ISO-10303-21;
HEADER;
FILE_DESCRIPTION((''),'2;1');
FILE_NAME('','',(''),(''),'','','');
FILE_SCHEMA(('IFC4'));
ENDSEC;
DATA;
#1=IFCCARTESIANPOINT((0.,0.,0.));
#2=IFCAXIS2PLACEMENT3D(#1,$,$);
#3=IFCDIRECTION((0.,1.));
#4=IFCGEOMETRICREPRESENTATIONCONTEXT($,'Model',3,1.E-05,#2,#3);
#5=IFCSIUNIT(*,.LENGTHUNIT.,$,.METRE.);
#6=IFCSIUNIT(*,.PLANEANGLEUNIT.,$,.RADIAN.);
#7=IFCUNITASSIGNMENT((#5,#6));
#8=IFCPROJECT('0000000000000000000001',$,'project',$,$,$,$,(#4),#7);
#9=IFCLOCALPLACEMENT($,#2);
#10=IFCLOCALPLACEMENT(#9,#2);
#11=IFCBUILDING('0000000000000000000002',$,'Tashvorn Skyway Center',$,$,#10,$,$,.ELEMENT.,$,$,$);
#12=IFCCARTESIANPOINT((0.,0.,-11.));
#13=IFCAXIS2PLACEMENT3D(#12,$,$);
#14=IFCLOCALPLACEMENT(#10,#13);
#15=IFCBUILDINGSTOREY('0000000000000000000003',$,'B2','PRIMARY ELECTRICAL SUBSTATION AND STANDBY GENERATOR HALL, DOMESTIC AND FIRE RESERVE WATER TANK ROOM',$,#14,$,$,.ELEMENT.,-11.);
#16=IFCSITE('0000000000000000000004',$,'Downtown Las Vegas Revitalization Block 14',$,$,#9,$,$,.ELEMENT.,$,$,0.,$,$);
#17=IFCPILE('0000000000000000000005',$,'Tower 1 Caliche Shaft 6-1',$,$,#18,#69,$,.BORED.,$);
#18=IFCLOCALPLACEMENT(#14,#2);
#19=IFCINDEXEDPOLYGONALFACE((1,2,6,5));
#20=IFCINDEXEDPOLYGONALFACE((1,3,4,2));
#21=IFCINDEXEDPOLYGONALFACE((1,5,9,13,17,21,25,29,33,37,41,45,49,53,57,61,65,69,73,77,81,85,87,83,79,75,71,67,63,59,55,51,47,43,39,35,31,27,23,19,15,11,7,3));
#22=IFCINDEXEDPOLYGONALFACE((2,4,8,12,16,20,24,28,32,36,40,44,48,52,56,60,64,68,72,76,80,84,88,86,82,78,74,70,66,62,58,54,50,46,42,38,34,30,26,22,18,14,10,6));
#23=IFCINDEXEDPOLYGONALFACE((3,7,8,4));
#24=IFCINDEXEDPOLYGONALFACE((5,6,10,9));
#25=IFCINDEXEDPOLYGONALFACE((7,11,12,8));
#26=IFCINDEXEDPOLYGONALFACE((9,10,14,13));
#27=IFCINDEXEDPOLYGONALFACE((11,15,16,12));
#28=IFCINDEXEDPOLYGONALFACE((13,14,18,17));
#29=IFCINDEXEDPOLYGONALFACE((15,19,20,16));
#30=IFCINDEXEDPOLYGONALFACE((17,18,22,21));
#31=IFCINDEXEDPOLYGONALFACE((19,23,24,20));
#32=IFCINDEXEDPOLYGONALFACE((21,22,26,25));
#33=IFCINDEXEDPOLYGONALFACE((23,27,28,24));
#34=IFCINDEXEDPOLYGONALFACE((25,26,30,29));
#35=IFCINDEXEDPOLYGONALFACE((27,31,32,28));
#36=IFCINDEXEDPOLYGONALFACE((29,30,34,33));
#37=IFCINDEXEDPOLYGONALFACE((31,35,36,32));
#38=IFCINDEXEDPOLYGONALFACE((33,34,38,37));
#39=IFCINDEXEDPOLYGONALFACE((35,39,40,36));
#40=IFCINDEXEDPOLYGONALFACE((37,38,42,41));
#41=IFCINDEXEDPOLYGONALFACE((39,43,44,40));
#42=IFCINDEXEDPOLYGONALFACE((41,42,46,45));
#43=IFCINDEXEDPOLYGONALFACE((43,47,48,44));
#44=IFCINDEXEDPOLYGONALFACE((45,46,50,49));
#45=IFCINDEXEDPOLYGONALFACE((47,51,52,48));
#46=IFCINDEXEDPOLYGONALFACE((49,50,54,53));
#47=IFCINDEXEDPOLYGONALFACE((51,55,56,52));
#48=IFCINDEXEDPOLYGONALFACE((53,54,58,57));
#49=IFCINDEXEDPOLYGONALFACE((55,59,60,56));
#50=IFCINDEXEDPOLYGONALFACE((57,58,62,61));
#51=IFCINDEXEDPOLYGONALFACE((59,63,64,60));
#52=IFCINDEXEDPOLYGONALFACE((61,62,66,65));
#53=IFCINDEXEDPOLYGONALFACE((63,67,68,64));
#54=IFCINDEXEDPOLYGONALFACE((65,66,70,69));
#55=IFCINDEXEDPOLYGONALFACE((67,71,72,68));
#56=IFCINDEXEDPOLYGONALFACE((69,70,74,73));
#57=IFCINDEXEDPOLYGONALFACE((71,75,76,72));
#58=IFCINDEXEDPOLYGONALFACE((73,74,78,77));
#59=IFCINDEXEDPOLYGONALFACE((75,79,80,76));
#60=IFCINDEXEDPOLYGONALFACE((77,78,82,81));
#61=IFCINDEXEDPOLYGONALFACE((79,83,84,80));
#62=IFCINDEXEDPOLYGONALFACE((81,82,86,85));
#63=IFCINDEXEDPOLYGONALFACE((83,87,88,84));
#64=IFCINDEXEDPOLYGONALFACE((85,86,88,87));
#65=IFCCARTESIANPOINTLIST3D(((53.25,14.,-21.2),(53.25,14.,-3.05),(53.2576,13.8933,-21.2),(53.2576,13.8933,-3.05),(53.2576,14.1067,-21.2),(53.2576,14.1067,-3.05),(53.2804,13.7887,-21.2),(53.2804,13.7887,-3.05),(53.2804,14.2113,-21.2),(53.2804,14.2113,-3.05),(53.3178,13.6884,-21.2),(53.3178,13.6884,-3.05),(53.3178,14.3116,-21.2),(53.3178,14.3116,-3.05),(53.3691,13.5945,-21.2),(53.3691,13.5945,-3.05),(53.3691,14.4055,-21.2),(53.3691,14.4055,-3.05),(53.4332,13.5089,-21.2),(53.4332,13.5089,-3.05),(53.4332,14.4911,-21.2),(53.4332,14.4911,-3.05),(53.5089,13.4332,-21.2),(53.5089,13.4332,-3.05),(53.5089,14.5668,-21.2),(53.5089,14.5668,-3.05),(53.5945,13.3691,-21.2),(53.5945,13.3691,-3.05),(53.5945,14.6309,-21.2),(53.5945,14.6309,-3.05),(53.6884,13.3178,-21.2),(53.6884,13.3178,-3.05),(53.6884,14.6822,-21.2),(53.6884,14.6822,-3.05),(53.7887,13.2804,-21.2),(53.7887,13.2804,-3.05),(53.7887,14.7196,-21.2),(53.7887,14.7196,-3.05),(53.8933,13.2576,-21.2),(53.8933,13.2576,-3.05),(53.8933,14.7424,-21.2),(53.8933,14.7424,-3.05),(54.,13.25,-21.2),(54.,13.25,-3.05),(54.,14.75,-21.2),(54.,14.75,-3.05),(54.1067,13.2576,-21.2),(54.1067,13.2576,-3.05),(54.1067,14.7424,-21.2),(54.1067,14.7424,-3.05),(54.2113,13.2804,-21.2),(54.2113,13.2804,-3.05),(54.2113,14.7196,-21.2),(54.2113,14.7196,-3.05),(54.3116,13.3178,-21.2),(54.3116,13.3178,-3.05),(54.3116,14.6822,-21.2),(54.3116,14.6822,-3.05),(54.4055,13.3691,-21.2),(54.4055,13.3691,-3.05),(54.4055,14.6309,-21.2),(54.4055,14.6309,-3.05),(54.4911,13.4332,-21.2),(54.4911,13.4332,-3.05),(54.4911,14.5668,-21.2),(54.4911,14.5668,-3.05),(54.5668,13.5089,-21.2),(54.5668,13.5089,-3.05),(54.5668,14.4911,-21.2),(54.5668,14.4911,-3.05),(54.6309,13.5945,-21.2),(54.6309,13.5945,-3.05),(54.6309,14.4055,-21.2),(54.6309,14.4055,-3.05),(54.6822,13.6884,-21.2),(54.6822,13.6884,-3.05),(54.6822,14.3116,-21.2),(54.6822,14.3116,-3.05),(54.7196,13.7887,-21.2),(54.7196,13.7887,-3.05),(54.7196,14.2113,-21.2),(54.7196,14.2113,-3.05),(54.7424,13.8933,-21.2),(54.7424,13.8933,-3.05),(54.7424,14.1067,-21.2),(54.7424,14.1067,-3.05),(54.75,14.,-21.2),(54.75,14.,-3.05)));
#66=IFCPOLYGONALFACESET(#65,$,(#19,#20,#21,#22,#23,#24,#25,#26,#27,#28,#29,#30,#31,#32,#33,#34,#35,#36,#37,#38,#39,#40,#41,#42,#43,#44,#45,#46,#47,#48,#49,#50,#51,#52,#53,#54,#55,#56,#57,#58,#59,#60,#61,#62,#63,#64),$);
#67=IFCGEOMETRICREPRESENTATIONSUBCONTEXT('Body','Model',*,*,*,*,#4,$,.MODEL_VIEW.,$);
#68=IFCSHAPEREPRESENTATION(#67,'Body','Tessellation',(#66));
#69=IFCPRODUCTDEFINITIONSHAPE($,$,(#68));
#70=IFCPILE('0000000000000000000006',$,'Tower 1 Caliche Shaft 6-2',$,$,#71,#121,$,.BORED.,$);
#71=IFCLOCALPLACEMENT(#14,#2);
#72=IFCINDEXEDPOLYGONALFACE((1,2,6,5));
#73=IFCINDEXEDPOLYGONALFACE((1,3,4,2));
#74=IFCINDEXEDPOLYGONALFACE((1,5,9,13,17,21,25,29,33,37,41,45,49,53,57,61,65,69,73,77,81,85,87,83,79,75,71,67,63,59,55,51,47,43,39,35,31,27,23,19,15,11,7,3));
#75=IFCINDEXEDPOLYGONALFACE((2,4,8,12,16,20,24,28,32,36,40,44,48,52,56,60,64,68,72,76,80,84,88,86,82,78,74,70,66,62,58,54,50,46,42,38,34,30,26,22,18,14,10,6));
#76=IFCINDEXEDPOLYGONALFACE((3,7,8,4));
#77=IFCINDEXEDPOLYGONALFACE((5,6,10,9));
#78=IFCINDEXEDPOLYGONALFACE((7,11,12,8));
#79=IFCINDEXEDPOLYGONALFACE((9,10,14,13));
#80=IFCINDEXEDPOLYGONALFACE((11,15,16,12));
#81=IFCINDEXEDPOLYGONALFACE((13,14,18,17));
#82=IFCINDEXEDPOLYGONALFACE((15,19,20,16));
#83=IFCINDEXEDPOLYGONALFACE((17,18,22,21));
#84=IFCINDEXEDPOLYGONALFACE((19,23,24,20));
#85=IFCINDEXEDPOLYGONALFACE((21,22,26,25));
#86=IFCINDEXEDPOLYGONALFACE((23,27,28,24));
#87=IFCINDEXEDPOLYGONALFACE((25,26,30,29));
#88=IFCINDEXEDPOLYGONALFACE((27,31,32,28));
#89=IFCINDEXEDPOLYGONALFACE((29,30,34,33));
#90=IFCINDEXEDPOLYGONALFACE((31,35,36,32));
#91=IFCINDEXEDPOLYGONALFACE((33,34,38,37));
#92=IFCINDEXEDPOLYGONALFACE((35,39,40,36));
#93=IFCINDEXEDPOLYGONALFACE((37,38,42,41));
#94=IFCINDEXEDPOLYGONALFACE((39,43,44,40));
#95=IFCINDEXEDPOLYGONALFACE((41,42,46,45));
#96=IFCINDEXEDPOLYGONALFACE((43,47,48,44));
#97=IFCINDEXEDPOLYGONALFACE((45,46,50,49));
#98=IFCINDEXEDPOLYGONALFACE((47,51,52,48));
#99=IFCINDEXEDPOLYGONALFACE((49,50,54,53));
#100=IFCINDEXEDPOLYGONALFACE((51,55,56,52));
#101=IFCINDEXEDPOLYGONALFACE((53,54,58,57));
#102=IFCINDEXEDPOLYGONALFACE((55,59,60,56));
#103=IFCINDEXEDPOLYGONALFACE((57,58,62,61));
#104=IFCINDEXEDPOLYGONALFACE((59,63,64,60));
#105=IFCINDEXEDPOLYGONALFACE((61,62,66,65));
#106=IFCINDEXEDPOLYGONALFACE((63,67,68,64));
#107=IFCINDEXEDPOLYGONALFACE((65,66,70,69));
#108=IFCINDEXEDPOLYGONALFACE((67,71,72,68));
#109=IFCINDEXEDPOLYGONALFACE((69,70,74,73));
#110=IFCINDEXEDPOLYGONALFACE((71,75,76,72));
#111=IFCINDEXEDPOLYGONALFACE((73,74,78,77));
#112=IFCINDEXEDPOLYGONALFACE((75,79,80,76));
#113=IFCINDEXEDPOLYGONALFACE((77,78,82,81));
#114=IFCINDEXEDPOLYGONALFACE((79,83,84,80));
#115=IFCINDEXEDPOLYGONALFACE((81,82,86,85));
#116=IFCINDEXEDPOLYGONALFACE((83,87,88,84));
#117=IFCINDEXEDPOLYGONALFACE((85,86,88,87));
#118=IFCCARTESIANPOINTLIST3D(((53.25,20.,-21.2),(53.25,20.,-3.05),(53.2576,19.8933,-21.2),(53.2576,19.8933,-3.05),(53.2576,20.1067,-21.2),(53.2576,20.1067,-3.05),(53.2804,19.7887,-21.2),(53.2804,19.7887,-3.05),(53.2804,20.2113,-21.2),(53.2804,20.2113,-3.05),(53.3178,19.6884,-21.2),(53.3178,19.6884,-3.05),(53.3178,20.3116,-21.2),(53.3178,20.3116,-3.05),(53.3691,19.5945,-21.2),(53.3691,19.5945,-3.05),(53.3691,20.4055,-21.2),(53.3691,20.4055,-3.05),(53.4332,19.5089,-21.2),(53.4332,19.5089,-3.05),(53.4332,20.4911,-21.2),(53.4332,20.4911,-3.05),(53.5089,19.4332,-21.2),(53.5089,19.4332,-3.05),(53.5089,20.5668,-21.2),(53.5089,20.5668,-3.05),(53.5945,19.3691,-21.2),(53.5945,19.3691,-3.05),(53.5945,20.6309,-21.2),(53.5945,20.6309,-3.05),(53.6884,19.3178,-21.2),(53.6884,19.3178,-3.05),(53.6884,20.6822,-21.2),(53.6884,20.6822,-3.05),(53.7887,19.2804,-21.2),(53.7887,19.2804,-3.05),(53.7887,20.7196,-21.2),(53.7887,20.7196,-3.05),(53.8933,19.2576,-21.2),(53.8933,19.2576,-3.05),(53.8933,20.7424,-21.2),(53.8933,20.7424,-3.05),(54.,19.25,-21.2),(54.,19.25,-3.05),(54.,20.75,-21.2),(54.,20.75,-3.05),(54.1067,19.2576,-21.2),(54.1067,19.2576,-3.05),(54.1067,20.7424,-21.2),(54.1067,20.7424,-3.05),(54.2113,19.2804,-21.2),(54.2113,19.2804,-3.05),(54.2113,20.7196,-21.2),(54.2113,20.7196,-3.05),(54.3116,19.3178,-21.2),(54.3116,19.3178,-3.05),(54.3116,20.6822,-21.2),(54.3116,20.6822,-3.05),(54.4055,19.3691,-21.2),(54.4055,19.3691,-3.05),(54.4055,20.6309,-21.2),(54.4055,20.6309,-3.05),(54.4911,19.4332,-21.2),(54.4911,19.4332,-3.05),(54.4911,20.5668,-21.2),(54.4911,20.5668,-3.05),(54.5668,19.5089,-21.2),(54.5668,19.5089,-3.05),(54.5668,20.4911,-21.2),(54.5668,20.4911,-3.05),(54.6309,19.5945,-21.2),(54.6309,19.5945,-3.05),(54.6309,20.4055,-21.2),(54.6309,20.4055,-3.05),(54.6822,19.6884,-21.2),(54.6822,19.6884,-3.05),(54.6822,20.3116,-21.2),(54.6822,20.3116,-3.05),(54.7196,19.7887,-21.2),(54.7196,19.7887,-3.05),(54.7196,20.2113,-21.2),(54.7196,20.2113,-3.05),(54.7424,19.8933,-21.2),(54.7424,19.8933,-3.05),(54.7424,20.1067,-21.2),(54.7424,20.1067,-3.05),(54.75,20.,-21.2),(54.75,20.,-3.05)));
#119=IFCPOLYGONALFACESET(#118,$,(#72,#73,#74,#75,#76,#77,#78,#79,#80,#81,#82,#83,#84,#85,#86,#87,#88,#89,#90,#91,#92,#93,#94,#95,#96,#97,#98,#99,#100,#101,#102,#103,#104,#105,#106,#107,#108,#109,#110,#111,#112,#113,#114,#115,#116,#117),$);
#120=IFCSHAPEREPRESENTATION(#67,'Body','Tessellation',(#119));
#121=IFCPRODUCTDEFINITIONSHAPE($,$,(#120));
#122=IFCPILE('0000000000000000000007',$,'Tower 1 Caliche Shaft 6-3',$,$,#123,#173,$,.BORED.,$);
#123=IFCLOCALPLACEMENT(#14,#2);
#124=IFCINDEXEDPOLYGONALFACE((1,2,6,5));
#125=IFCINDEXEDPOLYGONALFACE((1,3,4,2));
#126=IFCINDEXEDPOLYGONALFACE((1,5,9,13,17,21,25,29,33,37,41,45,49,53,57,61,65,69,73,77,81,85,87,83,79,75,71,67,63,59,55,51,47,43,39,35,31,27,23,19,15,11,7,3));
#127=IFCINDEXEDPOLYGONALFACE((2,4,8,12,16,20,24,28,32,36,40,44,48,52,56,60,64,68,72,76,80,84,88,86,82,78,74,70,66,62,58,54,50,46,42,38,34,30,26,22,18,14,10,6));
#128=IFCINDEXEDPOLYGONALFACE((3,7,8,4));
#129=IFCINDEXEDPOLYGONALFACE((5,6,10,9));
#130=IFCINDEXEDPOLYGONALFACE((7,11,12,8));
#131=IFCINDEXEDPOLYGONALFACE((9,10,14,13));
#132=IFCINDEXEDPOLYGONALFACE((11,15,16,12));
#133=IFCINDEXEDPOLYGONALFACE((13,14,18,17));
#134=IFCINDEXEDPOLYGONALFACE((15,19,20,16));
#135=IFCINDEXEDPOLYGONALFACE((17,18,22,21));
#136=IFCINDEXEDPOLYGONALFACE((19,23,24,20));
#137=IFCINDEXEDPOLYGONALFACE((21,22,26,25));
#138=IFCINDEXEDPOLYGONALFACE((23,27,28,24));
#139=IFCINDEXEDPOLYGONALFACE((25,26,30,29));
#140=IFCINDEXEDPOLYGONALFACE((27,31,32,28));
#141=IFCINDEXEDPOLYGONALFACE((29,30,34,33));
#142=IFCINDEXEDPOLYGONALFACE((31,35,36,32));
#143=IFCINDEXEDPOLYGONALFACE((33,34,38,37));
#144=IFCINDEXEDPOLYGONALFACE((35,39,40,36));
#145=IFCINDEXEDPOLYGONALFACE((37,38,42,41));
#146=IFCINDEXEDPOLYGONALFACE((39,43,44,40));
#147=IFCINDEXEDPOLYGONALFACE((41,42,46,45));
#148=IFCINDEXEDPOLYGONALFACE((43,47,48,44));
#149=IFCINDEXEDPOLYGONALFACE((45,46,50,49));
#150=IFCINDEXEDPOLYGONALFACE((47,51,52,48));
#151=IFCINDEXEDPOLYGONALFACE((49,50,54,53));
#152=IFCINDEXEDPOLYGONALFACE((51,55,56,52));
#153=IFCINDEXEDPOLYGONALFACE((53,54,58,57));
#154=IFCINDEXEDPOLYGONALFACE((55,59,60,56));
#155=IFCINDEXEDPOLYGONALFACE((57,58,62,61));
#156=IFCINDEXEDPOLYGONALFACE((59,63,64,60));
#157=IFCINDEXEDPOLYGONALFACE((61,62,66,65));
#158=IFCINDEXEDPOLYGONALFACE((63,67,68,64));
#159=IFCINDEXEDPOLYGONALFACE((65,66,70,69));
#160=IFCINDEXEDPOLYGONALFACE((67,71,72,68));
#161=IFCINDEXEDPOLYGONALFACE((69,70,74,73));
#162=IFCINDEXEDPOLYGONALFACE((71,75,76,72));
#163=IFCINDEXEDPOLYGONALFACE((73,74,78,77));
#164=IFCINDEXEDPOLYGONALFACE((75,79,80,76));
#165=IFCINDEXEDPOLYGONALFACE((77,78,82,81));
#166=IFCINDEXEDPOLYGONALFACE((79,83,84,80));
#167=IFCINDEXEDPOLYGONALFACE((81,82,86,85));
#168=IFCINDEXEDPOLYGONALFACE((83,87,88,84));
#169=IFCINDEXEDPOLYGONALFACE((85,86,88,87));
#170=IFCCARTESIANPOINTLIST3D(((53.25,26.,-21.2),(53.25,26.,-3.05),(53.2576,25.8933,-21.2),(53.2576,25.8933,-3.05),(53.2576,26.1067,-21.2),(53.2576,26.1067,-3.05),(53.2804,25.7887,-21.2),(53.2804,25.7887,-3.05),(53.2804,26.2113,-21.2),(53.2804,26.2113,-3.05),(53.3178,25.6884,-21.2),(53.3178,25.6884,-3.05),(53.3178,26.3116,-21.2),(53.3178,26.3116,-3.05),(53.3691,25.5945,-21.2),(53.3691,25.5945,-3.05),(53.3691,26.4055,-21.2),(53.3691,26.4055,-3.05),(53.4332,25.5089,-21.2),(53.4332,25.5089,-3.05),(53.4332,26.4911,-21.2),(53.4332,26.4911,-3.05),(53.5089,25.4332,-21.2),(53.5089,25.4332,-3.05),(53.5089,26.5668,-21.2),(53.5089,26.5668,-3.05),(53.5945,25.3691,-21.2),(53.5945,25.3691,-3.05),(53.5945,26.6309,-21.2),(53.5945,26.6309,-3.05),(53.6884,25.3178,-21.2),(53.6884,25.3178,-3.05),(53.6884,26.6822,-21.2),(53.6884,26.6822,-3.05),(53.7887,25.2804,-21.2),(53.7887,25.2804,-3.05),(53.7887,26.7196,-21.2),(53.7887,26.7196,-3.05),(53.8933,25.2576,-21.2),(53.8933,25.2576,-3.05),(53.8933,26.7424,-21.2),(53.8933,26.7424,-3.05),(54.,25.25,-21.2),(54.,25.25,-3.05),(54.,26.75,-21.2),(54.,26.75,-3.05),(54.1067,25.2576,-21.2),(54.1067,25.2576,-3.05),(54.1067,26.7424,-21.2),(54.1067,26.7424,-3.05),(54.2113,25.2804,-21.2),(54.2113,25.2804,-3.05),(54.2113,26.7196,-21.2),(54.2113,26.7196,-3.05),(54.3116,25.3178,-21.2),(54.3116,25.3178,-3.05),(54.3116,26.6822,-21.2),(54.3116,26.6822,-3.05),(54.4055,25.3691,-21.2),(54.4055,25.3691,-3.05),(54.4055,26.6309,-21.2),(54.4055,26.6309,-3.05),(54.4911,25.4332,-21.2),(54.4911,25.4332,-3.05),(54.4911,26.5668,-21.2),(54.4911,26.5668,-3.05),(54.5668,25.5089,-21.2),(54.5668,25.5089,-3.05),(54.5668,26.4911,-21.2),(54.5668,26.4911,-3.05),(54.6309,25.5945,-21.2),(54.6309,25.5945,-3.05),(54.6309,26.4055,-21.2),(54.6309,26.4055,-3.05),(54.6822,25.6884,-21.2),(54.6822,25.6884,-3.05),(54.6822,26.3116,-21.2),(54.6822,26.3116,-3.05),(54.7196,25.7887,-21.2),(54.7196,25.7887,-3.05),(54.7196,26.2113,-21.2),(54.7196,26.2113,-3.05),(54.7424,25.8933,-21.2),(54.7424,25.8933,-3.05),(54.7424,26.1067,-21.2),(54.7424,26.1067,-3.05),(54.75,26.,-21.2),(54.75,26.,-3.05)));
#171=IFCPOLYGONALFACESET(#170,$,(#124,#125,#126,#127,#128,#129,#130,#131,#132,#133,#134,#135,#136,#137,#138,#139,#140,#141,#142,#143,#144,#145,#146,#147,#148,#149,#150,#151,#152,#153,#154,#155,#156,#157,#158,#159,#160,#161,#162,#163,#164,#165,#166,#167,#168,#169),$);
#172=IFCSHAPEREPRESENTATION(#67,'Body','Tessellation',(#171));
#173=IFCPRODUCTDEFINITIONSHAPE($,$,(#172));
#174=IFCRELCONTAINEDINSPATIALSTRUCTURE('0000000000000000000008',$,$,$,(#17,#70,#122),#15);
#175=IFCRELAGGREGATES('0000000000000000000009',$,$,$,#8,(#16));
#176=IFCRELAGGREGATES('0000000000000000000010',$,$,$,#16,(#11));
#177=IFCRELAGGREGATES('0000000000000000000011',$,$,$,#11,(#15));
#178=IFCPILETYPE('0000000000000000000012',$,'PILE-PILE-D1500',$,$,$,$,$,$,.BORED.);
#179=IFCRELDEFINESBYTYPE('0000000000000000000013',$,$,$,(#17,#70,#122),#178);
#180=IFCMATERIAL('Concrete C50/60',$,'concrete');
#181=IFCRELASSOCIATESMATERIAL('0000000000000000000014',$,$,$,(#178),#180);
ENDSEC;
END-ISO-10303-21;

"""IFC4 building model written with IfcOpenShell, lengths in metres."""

from ifc_helpers import new_model, si_unit, direction, frame, origin, origin_2d, place, context, subcontext, project, spatial, circle, extrude, material, material_profile, profile_set, type_object, element, save


model = new_model("IFC4")

# Units and contexts
model_context = context("Model", 3, precision=1e-05, world=origin(), true_north=direction((0.0, 1.0)))
body_context = subcontext(model_context, "Body", "Model", "MODEL_VIEW")
ifc_project = project(units=[si_unit("LENGTHUNIT", "METRE"), si_unit("PLANEANGLEUNIT", "RADIAN")], contexts=[model_context])

# Site, building, storey
site_placement = place(None, origin())
site = spatial("IfcSite", under=ifc_project, at=site_placement, Name="Downtown Las Vegas Revitalization Block 14", CompositionType="ELEMENT", RefElevation=0.0)
building_placement = place(site_placement, origin())
building = spatial("IfcBuilding", under=site, at=building_placement, Name="Tashvorn Skyway Center", CompositionType="ELEMENT")
storey_placement = place(building_placement, frame((0.0, 0.0, -11.0)))
storey = spatial("IfcBuildingStorey", under=building, at=storey_placement, Name="B2", Description="PRIMARY ELECTRICAL SUBSTATION AND STANDBY GENERATOR HALL, DOMESTIC AND FIRE RESERVE WATER TANK ROOM", CompositionType="ELEMENT", Elevation=-11.0)

# Piles
ifc_material_1 = material(Name="Concrete C50/60", Category="concrete")
ifc_material_profile_1 = material_profile(ifc_material_1, circle(Radius=0.75, at=origin_2d()), Name="PILE-D1500")
ifc_profile_set_1 = profile_set([ifc_material_profile_1], Name="Concrete C50/60")
pile_type = type_object("IfcPileType", Name="PILE-PILE-D1500", PredefinedType="BORED", material=ifc_profile_set_1)
for number, where, z_axis, x_axis, name in (
    (1, (54.0, 14.0, -3.05), (0.0, 0.0, -1.0), (1.0, 0.0, 0.0), "Tower 1 Caliche Shaft 6-1"),
    (2, (54.0, 20.0, -3.05), (0.0, 0.0, -1.0), (1.0, 0.0, 0.0), "Tower 1 Caliche Shaft 6-2"),
    (3, (54.0, 26.0, -3.05), (0.0, 0.0, -1.0), (1.0, 0.0, 0.0), "Tower 1 Caliche Shaft 6-3"),
):
    element("IfcPile", number, at=place(storey_placement, frame(where, z_axis=z_axis, x_axis=x_axis)), inside=storey, type_object=pile_type, Name=name, PredefinedType="BORED", context=body_context, shape_type="SweptSolid", body=[
        extrude(circle(Radius=0.75, at=origin_2d()), origin(), (0.0, 0.0, 1.0), 18.1499),
    ])

save(model, "model.ifc")
